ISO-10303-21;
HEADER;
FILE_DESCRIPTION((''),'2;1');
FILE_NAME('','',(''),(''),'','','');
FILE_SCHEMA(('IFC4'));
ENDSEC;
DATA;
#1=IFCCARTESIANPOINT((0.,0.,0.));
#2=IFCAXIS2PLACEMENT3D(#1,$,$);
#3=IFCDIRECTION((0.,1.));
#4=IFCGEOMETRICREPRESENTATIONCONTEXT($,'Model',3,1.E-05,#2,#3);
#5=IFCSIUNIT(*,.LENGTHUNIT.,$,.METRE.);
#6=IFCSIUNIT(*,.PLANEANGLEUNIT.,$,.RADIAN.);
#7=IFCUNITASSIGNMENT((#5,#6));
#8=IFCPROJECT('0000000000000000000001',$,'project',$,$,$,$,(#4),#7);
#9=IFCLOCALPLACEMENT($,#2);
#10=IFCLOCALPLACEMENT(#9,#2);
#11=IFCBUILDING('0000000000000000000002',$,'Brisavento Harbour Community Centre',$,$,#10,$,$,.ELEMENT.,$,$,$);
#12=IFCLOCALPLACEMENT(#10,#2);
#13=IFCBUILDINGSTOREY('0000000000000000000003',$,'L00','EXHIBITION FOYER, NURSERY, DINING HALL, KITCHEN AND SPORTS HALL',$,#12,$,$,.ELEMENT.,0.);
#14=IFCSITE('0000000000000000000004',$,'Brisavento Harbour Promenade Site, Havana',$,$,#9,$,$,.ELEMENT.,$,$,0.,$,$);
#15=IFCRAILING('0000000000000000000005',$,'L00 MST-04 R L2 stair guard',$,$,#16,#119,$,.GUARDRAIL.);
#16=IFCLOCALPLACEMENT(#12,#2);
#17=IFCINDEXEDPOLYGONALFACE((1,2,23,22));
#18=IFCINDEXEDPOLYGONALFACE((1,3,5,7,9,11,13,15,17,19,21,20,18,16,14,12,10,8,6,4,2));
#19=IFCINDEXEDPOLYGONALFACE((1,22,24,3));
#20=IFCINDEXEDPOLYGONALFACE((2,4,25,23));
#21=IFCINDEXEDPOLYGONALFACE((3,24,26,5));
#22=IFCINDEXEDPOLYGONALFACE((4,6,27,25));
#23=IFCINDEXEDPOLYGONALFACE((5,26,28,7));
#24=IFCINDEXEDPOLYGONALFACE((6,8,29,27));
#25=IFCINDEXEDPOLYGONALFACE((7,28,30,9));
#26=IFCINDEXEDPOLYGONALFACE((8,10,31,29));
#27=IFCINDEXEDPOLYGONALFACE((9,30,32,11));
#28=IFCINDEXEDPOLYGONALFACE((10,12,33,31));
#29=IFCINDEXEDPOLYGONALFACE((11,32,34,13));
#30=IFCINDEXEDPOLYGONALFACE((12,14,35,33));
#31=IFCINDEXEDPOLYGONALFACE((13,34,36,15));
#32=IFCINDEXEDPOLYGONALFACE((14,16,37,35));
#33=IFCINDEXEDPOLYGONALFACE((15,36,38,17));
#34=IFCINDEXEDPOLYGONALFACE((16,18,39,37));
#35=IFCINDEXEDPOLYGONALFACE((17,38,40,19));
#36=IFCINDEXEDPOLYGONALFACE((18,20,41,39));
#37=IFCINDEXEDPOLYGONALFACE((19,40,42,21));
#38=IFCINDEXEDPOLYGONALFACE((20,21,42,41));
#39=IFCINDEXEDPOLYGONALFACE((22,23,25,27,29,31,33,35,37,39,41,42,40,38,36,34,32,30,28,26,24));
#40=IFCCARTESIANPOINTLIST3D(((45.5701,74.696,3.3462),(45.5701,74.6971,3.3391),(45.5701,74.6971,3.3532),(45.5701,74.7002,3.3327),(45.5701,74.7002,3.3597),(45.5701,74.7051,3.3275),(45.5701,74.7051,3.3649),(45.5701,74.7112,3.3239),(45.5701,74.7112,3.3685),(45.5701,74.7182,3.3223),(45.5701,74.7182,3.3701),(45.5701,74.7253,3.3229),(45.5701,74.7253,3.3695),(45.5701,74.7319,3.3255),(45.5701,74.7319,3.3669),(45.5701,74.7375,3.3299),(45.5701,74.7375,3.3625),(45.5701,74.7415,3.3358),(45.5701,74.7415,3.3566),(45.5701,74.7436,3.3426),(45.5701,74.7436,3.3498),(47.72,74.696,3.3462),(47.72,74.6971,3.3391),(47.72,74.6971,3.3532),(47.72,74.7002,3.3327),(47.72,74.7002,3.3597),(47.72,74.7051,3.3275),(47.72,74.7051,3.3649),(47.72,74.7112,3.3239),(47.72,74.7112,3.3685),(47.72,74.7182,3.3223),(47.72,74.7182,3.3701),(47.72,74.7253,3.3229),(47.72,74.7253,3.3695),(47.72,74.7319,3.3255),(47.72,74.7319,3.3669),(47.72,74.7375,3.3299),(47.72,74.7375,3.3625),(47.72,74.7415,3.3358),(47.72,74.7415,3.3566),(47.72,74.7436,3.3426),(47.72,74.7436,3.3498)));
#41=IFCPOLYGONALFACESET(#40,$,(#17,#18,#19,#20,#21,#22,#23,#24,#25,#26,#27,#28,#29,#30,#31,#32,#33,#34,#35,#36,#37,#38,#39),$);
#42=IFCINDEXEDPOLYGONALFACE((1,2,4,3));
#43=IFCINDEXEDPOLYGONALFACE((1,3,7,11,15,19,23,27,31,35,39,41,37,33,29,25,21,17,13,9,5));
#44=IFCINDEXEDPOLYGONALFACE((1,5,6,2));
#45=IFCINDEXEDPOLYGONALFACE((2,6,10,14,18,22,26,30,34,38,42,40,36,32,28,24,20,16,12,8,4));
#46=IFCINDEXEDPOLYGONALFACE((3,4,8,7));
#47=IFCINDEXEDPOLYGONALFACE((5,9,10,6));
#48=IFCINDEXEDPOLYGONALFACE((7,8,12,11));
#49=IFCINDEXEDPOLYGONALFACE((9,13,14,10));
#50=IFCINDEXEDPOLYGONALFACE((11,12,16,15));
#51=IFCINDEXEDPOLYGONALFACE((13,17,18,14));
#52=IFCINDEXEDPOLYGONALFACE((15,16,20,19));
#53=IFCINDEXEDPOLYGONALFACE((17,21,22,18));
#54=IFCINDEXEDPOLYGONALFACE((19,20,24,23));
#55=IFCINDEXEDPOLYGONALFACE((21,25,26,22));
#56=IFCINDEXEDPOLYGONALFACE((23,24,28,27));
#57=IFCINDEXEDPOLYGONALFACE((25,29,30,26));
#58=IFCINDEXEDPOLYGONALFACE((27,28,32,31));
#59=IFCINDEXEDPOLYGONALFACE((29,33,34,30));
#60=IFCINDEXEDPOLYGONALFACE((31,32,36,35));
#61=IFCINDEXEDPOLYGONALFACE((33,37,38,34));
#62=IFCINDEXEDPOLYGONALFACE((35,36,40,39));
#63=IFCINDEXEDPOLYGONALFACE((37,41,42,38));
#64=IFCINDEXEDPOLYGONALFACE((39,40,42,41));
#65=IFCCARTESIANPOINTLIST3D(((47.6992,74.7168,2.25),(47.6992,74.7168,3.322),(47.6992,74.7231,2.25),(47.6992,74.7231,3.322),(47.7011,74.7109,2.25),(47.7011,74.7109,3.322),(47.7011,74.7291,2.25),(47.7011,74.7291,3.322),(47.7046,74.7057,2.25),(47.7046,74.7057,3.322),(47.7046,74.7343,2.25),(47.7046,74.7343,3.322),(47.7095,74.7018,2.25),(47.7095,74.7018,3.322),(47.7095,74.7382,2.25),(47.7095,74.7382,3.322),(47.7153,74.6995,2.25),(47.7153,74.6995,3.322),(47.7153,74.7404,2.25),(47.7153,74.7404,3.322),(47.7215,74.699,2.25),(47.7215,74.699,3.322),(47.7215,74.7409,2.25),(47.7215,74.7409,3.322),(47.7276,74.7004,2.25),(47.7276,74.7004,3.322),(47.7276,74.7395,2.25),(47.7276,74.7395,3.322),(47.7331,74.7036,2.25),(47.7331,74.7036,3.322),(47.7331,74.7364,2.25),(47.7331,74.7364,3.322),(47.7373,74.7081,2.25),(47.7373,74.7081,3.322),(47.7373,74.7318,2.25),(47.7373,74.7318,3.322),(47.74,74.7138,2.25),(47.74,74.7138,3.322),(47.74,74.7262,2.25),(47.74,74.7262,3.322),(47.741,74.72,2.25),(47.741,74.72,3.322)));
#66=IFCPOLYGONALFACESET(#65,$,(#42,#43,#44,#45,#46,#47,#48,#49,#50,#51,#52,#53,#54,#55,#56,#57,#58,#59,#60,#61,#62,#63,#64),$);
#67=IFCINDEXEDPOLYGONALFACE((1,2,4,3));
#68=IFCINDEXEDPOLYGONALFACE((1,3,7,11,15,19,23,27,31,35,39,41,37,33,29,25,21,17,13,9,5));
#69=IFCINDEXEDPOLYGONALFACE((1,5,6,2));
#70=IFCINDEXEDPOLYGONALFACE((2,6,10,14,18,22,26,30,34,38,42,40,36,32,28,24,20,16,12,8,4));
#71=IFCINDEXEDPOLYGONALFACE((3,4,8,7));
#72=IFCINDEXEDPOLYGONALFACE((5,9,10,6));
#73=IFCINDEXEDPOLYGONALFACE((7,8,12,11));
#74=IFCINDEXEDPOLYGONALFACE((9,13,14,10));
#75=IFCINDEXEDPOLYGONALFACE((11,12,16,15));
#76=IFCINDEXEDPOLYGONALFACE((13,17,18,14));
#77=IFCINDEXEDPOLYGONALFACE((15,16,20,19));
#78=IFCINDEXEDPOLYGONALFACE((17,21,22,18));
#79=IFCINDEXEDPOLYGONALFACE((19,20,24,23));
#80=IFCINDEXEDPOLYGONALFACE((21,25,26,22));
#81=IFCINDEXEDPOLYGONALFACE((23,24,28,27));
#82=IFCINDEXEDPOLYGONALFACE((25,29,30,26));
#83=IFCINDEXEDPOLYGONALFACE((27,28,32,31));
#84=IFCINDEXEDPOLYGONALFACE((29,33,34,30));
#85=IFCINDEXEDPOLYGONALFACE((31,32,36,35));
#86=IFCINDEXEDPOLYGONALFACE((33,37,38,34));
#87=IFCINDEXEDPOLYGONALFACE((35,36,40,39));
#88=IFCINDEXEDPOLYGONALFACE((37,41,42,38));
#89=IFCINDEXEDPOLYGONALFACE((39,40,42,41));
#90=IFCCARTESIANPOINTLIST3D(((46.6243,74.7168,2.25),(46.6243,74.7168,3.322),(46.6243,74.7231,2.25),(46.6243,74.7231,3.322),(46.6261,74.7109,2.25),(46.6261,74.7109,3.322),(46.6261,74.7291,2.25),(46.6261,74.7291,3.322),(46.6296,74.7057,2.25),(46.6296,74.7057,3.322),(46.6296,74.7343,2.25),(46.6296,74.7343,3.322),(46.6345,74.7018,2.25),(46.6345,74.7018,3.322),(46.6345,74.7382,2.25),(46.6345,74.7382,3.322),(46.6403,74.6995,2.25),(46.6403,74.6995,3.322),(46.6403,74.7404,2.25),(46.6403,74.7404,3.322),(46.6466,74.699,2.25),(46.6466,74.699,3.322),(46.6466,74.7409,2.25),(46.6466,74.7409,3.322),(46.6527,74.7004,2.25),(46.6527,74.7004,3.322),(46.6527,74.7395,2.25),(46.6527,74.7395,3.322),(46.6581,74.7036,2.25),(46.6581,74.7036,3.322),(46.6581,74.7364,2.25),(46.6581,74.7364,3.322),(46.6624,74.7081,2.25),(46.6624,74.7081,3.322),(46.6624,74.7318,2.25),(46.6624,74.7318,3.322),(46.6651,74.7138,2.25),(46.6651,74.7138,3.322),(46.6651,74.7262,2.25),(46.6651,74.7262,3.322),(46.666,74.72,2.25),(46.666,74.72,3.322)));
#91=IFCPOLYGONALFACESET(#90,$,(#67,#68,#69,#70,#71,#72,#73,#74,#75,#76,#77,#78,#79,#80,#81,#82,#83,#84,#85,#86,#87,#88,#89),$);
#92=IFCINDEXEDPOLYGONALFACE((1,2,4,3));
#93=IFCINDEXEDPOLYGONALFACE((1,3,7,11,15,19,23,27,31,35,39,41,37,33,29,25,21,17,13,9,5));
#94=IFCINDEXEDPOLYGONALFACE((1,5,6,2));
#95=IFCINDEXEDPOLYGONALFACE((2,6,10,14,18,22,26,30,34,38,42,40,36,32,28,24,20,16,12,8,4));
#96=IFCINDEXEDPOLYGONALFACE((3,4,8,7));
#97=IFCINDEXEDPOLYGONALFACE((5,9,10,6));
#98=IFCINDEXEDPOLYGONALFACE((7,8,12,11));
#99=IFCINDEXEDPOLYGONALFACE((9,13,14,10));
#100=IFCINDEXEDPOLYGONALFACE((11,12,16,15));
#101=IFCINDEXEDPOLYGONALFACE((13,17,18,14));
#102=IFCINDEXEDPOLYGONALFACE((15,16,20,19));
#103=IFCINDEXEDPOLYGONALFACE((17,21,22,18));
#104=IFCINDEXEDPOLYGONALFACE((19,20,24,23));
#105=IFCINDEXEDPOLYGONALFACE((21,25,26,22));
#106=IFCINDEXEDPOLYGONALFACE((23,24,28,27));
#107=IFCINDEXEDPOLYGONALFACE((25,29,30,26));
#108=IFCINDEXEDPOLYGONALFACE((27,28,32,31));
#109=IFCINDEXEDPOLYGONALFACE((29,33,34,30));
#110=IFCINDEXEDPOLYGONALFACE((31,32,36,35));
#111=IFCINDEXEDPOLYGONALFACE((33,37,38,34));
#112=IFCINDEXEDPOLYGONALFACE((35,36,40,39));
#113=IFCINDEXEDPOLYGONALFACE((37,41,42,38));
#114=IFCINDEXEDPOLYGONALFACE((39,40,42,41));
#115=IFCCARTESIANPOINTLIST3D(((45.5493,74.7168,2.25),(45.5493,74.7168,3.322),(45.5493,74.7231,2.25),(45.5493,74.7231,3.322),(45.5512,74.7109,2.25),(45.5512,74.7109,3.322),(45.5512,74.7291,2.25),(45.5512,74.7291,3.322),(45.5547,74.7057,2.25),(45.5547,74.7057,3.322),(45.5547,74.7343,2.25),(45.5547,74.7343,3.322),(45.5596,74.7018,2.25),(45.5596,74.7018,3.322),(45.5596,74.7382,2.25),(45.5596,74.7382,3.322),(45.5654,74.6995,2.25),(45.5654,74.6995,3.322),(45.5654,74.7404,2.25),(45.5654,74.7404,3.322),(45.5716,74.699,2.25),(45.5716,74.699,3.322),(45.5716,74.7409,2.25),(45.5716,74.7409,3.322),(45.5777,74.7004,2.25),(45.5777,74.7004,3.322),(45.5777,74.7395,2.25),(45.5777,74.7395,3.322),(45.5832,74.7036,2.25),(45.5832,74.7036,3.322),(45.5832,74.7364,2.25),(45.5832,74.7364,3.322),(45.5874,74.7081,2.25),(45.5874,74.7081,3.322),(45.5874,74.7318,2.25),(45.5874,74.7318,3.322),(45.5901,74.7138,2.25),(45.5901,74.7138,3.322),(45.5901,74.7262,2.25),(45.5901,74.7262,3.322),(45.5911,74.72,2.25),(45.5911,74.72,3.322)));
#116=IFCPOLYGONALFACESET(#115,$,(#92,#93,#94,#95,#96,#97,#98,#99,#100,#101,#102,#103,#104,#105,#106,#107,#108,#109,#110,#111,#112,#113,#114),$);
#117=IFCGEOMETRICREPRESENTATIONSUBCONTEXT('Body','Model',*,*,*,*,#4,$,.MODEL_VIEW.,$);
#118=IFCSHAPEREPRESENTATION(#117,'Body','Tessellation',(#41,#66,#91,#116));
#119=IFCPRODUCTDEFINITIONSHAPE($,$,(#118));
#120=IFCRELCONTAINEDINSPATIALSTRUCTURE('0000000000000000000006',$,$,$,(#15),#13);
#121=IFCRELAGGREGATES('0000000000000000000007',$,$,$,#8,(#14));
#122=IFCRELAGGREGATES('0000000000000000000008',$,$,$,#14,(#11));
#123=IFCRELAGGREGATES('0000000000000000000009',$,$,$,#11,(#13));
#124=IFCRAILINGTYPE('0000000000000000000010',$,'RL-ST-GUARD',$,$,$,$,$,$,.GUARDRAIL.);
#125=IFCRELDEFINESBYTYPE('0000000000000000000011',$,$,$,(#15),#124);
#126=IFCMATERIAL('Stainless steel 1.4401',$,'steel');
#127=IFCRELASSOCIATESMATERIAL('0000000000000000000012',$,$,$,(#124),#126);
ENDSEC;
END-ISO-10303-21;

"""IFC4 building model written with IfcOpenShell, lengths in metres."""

from ifc_helpers import new_model, si_unit, direction, frame, origin, origin_2d, place, context, subcontext, project, spatial, circle, extrude, material, type_object, element, save


model = new_model("IFC4")

# Units and contexts
model_context = context("Model", 3, precision=1e-05, world=origin(), true_north=direction((0.0, 1.0)))
body_context = subcontext(model_context, "Body", "Model", "MODEL_VIEW")
ifc_project = project(units=[si_unit("LENGTHUNIT", "METRE"), si_unit("PLANEANGLEUNIT", "RADIAN")], contexts=[model_context])

# Site, building, storey
site_placement = place(None, origin())
site = spatial("IfcSite", under=ifc_project, at=site_placement, Name="Brisavento Harbour Promenade Site, Havana", CompositionType="ELEMENT", RefElevation=0.0)
building_placement = place(site_placement, origin())
building = spatial("IfcBuilding", under=site, at=building_placement, Name="Brisavento Harbour Community Centre", CompositionType="ELEMENT")
storey_placement = place(building_placement, origin())
storey = spatial("IfcBuildingStorey", under=building, at=storey_placement, Name="L00", Description="EXHIBITION FOYER, NURSERY, DINING HALL, KITCHEN AND SPORTS HALL", CompositionType="ELEMENT", Elevation=0.0)

# Railing
ifc_material_1 = material(Name="Stainless steel 1.4401", Category="steel")
railing_type = type_object("IfcRailingType", Name="RL-ST-GUARD", PredefinedType="GUARDRAIL", material=ifc_material_1)
railing_1_placement = place(storey_placement, frame((47.72, 74.72, 2.25)))
element("IfcRailing", 1, at=railing_1_placement, inside=storey, type_object=railing_type, Name="L00 MST-04 R L2 stair guard", PredefinedType="GUARDRAIL", context=body_context, shape_type="SweptSolid", body=[
    extrude(circle(Radius=0.0239, at=origin_2d()), frame((0.0, 0.0, 1.0962), z_axis=(-1.0, 0.0, 0.0), x_axis=(0.0, -1.0, 0.0)), (0.0, 0.0, 1.0), 2.1499),
    extrude(circle(Radius=0.021, at=origin_2d()), origin(), (0.0, 0.0, 1.0), 1.072),
    extrude(circle(Radius=0.021, at=origin_2d()), frame((-1.075, 0.0, 0.0)), (0.0, 0.0, 1.0), 1.072),
    extrude(circle(Radius=0.021, at=origin_2d()), frame((-2.1499, 0.0, 0.0)), (0.0, 0.0, 1.0), 1.072),
])

save(model, "model.ifc")
